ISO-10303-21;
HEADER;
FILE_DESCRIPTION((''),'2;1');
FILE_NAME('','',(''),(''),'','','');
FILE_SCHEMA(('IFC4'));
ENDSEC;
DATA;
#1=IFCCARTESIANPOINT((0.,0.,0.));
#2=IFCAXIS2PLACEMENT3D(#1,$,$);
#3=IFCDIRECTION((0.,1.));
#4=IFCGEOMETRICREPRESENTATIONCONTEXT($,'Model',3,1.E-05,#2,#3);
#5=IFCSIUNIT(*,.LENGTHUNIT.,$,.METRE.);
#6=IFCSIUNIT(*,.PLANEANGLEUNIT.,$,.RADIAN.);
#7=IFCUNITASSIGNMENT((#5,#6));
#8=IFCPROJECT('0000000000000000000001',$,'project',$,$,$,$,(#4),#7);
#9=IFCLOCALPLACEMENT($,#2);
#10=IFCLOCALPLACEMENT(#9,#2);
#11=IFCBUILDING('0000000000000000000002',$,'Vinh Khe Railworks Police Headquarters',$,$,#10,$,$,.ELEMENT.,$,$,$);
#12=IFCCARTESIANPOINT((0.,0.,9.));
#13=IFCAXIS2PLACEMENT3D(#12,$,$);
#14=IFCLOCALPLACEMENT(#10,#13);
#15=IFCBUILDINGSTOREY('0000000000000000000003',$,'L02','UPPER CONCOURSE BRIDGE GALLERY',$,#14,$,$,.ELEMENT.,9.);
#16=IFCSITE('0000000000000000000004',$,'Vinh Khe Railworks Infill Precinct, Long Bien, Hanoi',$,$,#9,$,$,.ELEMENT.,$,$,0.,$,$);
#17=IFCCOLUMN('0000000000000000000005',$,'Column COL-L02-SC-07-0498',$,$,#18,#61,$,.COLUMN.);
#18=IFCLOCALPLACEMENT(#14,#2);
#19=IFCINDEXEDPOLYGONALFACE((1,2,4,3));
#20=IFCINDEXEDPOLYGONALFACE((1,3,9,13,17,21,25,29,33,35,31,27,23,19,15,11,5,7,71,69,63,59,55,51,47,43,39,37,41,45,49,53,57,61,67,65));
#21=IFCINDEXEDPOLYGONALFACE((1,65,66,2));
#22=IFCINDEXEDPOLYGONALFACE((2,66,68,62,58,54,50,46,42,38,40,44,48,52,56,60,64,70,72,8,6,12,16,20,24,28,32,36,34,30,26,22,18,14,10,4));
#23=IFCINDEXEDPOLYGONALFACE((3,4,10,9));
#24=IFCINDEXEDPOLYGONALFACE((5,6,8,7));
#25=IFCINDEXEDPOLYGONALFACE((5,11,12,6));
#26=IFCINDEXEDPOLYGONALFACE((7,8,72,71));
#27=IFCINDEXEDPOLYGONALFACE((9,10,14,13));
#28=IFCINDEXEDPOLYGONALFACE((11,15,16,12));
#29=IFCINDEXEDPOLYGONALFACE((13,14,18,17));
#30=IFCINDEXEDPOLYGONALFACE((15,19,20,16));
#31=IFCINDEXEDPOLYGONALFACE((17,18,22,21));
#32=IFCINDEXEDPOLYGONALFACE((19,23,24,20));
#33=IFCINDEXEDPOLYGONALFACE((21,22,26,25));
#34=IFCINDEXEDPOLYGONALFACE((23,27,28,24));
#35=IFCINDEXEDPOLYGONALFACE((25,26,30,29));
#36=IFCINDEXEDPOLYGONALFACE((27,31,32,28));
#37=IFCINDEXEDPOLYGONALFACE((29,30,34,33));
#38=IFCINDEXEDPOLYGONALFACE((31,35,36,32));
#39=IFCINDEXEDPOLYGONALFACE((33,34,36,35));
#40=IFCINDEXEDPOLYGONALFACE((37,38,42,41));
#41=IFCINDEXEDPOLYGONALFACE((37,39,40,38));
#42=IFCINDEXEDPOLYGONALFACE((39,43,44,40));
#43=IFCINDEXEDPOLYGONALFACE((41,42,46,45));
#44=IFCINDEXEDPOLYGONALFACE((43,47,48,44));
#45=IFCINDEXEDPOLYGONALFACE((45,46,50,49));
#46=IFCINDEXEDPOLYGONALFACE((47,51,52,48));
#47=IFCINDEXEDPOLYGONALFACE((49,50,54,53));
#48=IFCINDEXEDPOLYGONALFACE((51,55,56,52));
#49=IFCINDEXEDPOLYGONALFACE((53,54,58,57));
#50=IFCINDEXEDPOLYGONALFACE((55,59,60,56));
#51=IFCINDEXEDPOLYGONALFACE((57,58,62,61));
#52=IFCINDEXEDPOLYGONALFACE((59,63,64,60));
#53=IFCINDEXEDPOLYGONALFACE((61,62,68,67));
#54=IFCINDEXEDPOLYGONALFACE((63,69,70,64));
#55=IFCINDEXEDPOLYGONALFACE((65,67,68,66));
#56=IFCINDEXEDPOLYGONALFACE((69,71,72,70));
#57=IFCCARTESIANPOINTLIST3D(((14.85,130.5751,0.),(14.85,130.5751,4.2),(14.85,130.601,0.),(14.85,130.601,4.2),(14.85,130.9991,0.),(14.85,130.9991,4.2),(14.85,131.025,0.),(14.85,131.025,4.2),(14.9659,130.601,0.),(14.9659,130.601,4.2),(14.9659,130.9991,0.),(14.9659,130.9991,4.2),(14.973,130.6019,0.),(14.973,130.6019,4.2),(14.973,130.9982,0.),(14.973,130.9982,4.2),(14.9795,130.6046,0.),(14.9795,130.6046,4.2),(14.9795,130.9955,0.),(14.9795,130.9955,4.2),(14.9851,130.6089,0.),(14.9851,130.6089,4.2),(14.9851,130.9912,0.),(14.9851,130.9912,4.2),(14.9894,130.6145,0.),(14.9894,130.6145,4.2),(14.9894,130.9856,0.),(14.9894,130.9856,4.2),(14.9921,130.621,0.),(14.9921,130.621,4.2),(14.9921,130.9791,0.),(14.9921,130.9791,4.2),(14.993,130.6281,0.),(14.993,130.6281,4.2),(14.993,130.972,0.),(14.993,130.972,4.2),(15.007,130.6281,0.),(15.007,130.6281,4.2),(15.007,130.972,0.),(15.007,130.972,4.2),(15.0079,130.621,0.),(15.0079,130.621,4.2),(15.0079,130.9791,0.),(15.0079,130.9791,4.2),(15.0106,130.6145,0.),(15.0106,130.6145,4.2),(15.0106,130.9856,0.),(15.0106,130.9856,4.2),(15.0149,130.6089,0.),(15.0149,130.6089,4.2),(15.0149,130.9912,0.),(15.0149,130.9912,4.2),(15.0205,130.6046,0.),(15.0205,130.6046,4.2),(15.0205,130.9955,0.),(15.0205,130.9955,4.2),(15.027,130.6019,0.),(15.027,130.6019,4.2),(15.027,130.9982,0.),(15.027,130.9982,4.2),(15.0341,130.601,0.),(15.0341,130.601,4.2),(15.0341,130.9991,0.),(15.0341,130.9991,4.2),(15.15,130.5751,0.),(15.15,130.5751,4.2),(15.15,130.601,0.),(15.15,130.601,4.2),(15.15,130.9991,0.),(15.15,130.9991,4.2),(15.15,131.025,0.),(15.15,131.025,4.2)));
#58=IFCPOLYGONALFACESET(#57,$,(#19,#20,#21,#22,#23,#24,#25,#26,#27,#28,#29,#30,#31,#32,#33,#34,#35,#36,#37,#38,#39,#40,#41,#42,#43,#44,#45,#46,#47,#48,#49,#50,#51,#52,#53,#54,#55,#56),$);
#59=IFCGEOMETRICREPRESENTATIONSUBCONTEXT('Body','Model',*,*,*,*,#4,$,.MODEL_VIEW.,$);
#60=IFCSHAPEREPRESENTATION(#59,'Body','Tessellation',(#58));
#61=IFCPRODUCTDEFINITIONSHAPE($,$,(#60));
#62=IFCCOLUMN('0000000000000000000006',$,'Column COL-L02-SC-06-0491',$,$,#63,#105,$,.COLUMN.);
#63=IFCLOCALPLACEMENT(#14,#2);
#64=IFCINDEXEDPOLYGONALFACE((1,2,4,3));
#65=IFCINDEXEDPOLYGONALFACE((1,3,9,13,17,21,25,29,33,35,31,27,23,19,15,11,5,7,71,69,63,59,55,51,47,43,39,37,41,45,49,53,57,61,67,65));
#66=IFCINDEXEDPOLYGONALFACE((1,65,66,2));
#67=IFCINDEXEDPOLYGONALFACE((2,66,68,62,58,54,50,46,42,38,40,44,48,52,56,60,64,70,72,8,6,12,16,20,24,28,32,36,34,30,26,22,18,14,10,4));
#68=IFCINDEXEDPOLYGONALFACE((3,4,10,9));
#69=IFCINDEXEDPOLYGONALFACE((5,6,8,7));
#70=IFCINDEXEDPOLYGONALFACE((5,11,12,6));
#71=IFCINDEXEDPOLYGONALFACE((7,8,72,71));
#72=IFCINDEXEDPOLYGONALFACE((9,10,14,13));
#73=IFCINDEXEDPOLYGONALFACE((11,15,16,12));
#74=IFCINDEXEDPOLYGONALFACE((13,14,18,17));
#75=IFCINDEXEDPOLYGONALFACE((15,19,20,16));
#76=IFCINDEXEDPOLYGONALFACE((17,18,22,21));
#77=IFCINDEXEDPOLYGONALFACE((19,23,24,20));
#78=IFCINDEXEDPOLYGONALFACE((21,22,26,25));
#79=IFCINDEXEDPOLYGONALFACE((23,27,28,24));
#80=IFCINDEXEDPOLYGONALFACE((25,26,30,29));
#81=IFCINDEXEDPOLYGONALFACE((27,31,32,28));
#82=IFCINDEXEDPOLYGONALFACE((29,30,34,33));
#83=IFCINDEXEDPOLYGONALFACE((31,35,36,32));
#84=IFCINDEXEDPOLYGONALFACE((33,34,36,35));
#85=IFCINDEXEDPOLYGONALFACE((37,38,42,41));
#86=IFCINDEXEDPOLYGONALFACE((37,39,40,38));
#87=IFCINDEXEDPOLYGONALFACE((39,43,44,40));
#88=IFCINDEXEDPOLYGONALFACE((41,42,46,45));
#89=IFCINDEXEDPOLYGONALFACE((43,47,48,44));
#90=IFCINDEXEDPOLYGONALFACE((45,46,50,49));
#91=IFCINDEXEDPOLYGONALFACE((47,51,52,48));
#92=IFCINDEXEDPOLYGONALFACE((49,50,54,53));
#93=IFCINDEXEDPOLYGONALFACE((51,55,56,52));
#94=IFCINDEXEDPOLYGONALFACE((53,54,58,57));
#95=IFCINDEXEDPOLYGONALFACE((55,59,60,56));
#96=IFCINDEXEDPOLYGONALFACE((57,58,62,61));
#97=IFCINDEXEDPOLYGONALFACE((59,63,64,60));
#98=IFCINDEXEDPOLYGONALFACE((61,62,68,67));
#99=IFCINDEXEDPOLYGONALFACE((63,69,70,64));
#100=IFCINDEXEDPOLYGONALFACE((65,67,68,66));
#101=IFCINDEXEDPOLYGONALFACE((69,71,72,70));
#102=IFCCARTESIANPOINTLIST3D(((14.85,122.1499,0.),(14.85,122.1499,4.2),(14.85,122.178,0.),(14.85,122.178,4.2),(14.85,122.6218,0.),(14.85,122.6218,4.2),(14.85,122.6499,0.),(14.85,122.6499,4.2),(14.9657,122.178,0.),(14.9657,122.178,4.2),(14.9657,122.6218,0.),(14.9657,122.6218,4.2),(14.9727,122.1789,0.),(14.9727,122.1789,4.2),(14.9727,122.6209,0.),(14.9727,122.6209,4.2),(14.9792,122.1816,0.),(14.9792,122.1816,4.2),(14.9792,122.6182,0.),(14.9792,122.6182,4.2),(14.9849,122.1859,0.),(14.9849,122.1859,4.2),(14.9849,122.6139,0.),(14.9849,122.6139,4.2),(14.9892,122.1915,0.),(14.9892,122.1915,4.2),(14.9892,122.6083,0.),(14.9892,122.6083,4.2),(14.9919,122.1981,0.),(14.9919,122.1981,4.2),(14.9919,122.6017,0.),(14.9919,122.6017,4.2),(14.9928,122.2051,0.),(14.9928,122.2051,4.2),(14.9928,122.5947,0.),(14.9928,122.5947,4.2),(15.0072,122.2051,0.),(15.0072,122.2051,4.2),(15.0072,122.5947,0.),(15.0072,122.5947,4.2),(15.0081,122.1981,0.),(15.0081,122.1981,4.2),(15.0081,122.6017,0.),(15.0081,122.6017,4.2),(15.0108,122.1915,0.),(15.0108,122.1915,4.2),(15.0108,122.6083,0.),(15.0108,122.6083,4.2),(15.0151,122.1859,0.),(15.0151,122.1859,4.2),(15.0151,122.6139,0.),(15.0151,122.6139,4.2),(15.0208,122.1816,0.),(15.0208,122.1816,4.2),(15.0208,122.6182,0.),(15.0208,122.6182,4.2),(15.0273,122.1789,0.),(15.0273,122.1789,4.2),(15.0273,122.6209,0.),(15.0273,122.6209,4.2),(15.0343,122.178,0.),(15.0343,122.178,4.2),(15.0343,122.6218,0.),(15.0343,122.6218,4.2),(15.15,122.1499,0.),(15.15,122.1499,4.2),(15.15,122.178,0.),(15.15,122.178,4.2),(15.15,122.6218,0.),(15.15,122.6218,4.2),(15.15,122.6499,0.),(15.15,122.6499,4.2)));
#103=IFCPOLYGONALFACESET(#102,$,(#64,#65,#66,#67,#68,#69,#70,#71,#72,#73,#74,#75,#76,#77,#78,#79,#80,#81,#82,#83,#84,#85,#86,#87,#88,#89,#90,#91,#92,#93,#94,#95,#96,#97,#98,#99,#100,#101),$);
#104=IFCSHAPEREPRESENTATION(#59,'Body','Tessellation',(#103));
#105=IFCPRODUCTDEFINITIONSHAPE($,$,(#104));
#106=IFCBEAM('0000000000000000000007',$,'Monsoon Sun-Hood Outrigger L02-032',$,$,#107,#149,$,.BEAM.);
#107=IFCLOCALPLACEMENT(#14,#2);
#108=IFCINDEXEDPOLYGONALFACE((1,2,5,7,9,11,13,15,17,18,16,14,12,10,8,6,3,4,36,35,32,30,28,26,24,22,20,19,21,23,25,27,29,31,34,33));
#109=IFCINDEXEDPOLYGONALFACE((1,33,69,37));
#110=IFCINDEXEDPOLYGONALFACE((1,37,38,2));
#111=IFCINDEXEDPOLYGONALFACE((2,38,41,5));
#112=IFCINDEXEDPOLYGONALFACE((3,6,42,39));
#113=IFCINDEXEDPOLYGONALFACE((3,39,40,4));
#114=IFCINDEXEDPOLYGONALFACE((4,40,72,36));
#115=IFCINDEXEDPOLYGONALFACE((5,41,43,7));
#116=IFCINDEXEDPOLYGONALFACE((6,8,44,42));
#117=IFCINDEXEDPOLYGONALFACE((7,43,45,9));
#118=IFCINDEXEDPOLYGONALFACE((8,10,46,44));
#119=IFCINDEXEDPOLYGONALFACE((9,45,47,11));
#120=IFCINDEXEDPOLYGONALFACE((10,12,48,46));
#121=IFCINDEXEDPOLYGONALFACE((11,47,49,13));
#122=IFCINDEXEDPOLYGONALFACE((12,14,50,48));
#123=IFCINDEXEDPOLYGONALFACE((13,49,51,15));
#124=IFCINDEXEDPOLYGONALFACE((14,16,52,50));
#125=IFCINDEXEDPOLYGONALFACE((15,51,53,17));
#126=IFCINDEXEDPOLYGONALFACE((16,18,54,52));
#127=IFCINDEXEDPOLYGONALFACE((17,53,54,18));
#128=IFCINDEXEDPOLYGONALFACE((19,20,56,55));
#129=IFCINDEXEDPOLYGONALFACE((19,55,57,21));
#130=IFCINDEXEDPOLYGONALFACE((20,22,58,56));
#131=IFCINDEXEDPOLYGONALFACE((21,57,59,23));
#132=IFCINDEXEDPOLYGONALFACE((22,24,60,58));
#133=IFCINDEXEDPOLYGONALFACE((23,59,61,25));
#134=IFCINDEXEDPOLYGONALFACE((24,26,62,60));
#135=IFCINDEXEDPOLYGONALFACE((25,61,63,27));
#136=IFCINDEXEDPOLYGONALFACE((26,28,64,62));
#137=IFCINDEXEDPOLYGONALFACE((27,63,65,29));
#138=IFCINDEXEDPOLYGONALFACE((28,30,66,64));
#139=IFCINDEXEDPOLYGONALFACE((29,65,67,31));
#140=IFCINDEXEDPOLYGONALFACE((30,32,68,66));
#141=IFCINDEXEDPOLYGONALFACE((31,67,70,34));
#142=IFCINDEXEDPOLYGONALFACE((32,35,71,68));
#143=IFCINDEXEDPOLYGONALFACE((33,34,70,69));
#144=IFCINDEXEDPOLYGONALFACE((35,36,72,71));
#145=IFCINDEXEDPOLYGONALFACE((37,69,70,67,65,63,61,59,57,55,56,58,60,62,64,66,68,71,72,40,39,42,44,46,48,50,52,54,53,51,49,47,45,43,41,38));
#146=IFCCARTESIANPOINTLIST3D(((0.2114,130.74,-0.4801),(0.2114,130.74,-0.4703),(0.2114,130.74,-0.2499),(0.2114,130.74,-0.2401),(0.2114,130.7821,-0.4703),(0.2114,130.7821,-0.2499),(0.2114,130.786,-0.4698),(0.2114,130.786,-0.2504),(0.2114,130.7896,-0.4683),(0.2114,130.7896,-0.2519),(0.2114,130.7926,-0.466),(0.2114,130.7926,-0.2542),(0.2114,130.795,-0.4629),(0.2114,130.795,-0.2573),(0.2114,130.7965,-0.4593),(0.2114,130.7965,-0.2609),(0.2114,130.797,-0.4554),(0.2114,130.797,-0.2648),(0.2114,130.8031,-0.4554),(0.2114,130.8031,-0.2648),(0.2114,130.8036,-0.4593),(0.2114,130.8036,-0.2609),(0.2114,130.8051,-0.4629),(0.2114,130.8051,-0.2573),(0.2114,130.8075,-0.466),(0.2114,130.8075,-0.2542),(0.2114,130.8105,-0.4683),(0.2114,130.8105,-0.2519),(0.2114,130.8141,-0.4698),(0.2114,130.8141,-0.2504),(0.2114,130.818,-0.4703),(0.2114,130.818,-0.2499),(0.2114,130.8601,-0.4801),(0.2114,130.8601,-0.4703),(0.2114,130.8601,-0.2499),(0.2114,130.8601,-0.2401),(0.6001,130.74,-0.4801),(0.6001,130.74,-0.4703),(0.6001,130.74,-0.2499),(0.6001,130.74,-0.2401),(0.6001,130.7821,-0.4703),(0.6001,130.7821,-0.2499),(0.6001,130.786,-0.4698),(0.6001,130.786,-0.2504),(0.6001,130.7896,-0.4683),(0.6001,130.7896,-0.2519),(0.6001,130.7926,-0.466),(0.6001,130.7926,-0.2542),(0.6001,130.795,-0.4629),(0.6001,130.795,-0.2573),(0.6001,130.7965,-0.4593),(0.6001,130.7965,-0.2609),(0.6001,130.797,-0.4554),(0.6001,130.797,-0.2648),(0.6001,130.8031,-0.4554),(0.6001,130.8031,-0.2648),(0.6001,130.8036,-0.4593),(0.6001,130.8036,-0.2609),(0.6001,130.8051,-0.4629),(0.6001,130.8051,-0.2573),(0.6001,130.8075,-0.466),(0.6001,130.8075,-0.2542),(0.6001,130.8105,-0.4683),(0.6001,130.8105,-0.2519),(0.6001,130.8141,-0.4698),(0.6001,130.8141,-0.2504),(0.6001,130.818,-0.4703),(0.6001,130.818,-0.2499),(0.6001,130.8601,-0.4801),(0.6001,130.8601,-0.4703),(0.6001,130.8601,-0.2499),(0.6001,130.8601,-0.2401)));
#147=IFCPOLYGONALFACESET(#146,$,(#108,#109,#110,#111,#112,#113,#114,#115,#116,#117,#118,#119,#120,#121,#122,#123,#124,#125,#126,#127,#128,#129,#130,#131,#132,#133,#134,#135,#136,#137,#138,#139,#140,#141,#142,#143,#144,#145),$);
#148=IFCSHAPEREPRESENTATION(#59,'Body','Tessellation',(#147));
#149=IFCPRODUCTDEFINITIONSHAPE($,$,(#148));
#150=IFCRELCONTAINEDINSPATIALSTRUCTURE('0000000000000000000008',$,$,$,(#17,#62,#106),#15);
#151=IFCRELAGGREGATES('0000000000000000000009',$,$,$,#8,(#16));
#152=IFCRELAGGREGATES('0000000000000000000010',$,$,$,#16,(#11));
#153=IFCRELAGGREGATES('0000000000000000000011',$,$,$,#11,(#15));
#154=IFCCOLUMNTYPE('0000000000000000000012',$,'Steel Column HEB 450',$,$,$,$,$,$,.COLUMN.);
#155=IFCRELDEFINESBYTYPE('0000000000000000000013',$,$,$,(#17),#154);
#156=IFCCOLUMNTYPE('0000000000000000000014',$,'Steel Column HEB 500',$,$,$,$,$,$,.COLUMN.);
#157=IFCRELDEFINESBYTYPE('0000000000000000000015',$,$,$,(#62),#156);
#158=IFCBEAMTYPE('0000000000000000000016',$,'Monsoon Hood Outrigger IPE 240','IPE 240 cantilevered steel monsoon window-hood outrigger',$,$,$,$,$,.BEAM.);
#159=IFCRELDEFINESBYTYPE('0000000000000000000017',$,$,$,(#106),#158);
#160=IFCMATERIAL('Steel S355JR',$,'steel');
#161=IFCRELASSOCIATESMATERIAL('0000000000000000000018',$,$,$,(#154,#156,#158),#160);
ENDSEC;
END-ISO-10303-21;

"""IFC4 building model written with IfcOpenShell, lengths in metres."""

from ifc_helpers import new_model, si_unit, direction, frame, origin, origin_2d, place, context, subcontext, project, spatial, i_section, extrude, material, material_profile, profile_set, type_object, element, save


model = new_model("IFC4")

# Units and contexts
model_context = context("Model", 3, precision=1e-05, world=origin(), true_north=direction((0.0, 1.0)))
body_context = subcontext(model_context, "Body", "Model", "MODEL_VIEW")
ifc_project = project(units=[si_unit("LENGTHUNIT", "METRE"), si_unit("PLANEANGLEUNIT", "RADIAN")], contexts=[model_context])

# Site, building, storey
site_placement = place(None, origin())
site = spatial("IfcSite", under=ifc_project, at=site_placement, Name="Vinh Khe Railworks Infill Precinct, Long Bien, Hanoi", CompositionType="ELEMENT", RefElevation=0.0)
building_placement = place(site_placement, origin())
building = spatial("IfcBuilding", under=site, at=building_placement, Name="Vinh Khe Railworks Police Headquarters", CompositionType="ELEMENT")
storey_placement = place(building_placement, frame((0.0, 0.0, 9.0)))
storey = spatial("IfcBuildingStorey", under=building, at=storey_placement, Name="L02", Description="UPPER CONCOURSE BRIDGE GALLERY", CompositionType="ELEMENT", Elevation=9.0)

# Columns
ifc_material_1 = material(Name="Steel S355JR", Category="steel")
ifc_material_profile_1 = material_profile(ifc_material_1, i_section(OverallWidth=0.3, OverallDepth=0.45, WebThickness=0.0139, FlangeThickness=0.0259, FilletRadius=0.0271, at=origin_2d()), Name="HEB 450")
ifc_profile_set_1 = profile_set([ifc_material_profile_1], Name="Steel S355JR")
column_type_1 = type_object("IfcColumnType", Name="Steel Column HEB 450", PredefinedType="COLUMN", material=ifc_profile_set_1)
for number, where, z_axis, x_axis, name in (
    (1, (15.0, 130.8, 0.0), (0.0, 0.0, 1.0), (1.0, 0.0, 0.0), "Column COL-L02-SC-07-0498"),
):
    element("IfcColumn", number, at=place(storey_placement, frame(where, z_axis=z_axis, x_axis=x_axis)), inside=storey, type_object=column_type_1, Name=name, PredefinedType="COLUMN", context=body_context, shape_type="SweptSolid", body=[
        extrude(i_section(OverallWidth=0.3, OverallDepth=0.45, WebThickness=0.0139, FlangeThickness=0.0259, FilletRadius=0.0271, at=origin_2d()), origin(), (0.0, 0.0, 1.0), 4.2),
    ])
ifc_material_profile_2 = material_profile(ifc_material_1, i_section(OverallWidth=0.3, OverallDepth=0.5, WebThickness=0.0144, FlangeThickness=0.0281, FilletRadius=0.0271, at=origin_2d()), Name="HEB 500")
ifc_profile_set_2 = profile_set([ifc_material_profile_2], Name="Steel S355JR")
column_type_2 = type_object("IfcColumnType", Name="Steel Column HEB 500", PredefinedType="COLUMN", material=ifc_profile_set_2)
column_1_placement = place(storey_placement, frame((15.0, 122.3999, 0.0), z_axis=(0.0, 0.0, 1.0), x_axis=(1.0, 0.0, 0.0)))
element("IfcColumn", 2, at=column_1_placement, inside=storey, type_object=column_type_2, Name="Column COL-L02-SC-06-0491", PredefinedType="COLUMN", context=body_context, shape_type="SweptSolid", body=[
    extrude(i_section(OverallWidth=0.3, OverallDepth=0.5, WebThickness=0.0144, FlangeThickness=0.0281, FilletRadius=0.0271, at=origin_2d()), origin(), (0.0, 0.0, 1.0), 4.2),
])

# Beam
ifc_material_profile_3 = material_profile(ifc_material_1, i_section(OverallWidth=0.1201, OverallDepth=0.24, WebThickness=0.0061, FlangeThickness=0.0098, FilletRadius=0.0149, at=origin_2d()), Name="IPE 240")
ifc_profile_set_3 = profile_set([ifc_material_profile_3], Name="Steel S355JR")
beam_type_1 = type_object("IfcBeamType", Name="Monsoon Hood Outrigger IPE 240", Description="IPE 240 cantilevered steel monsoon window-hood outrigger", PredefinedType="BEAM", material=ifc_profile_set_3)
beam_1_placement = place(storey_placement, frame((0.2114, 130.8, -0.3601), z_axis=(1.0, 0.0, 0.0), x_axis=(0.0, 1.0, 0.0)))
element("IfcBeam", 3, at=beam_1_placement, inside=storey, type_object=beam_type_1, Name="Monsoon Sun-Hood Outrigger L02-032", PredefinedType="BEAM", context=body_context, shape_type="SweptSolid", body=[
    extrude(i_section(OverallWidth=0.1201, OverallDepth=0.24, WebThickness=0.0061, FlangeThickness=0.0098, FilletRadius=0.0149, at=origin_2d()), origin(), (0.0, 0.0, 1.0), 0.3887),
])

save(model, "model.ifc")
